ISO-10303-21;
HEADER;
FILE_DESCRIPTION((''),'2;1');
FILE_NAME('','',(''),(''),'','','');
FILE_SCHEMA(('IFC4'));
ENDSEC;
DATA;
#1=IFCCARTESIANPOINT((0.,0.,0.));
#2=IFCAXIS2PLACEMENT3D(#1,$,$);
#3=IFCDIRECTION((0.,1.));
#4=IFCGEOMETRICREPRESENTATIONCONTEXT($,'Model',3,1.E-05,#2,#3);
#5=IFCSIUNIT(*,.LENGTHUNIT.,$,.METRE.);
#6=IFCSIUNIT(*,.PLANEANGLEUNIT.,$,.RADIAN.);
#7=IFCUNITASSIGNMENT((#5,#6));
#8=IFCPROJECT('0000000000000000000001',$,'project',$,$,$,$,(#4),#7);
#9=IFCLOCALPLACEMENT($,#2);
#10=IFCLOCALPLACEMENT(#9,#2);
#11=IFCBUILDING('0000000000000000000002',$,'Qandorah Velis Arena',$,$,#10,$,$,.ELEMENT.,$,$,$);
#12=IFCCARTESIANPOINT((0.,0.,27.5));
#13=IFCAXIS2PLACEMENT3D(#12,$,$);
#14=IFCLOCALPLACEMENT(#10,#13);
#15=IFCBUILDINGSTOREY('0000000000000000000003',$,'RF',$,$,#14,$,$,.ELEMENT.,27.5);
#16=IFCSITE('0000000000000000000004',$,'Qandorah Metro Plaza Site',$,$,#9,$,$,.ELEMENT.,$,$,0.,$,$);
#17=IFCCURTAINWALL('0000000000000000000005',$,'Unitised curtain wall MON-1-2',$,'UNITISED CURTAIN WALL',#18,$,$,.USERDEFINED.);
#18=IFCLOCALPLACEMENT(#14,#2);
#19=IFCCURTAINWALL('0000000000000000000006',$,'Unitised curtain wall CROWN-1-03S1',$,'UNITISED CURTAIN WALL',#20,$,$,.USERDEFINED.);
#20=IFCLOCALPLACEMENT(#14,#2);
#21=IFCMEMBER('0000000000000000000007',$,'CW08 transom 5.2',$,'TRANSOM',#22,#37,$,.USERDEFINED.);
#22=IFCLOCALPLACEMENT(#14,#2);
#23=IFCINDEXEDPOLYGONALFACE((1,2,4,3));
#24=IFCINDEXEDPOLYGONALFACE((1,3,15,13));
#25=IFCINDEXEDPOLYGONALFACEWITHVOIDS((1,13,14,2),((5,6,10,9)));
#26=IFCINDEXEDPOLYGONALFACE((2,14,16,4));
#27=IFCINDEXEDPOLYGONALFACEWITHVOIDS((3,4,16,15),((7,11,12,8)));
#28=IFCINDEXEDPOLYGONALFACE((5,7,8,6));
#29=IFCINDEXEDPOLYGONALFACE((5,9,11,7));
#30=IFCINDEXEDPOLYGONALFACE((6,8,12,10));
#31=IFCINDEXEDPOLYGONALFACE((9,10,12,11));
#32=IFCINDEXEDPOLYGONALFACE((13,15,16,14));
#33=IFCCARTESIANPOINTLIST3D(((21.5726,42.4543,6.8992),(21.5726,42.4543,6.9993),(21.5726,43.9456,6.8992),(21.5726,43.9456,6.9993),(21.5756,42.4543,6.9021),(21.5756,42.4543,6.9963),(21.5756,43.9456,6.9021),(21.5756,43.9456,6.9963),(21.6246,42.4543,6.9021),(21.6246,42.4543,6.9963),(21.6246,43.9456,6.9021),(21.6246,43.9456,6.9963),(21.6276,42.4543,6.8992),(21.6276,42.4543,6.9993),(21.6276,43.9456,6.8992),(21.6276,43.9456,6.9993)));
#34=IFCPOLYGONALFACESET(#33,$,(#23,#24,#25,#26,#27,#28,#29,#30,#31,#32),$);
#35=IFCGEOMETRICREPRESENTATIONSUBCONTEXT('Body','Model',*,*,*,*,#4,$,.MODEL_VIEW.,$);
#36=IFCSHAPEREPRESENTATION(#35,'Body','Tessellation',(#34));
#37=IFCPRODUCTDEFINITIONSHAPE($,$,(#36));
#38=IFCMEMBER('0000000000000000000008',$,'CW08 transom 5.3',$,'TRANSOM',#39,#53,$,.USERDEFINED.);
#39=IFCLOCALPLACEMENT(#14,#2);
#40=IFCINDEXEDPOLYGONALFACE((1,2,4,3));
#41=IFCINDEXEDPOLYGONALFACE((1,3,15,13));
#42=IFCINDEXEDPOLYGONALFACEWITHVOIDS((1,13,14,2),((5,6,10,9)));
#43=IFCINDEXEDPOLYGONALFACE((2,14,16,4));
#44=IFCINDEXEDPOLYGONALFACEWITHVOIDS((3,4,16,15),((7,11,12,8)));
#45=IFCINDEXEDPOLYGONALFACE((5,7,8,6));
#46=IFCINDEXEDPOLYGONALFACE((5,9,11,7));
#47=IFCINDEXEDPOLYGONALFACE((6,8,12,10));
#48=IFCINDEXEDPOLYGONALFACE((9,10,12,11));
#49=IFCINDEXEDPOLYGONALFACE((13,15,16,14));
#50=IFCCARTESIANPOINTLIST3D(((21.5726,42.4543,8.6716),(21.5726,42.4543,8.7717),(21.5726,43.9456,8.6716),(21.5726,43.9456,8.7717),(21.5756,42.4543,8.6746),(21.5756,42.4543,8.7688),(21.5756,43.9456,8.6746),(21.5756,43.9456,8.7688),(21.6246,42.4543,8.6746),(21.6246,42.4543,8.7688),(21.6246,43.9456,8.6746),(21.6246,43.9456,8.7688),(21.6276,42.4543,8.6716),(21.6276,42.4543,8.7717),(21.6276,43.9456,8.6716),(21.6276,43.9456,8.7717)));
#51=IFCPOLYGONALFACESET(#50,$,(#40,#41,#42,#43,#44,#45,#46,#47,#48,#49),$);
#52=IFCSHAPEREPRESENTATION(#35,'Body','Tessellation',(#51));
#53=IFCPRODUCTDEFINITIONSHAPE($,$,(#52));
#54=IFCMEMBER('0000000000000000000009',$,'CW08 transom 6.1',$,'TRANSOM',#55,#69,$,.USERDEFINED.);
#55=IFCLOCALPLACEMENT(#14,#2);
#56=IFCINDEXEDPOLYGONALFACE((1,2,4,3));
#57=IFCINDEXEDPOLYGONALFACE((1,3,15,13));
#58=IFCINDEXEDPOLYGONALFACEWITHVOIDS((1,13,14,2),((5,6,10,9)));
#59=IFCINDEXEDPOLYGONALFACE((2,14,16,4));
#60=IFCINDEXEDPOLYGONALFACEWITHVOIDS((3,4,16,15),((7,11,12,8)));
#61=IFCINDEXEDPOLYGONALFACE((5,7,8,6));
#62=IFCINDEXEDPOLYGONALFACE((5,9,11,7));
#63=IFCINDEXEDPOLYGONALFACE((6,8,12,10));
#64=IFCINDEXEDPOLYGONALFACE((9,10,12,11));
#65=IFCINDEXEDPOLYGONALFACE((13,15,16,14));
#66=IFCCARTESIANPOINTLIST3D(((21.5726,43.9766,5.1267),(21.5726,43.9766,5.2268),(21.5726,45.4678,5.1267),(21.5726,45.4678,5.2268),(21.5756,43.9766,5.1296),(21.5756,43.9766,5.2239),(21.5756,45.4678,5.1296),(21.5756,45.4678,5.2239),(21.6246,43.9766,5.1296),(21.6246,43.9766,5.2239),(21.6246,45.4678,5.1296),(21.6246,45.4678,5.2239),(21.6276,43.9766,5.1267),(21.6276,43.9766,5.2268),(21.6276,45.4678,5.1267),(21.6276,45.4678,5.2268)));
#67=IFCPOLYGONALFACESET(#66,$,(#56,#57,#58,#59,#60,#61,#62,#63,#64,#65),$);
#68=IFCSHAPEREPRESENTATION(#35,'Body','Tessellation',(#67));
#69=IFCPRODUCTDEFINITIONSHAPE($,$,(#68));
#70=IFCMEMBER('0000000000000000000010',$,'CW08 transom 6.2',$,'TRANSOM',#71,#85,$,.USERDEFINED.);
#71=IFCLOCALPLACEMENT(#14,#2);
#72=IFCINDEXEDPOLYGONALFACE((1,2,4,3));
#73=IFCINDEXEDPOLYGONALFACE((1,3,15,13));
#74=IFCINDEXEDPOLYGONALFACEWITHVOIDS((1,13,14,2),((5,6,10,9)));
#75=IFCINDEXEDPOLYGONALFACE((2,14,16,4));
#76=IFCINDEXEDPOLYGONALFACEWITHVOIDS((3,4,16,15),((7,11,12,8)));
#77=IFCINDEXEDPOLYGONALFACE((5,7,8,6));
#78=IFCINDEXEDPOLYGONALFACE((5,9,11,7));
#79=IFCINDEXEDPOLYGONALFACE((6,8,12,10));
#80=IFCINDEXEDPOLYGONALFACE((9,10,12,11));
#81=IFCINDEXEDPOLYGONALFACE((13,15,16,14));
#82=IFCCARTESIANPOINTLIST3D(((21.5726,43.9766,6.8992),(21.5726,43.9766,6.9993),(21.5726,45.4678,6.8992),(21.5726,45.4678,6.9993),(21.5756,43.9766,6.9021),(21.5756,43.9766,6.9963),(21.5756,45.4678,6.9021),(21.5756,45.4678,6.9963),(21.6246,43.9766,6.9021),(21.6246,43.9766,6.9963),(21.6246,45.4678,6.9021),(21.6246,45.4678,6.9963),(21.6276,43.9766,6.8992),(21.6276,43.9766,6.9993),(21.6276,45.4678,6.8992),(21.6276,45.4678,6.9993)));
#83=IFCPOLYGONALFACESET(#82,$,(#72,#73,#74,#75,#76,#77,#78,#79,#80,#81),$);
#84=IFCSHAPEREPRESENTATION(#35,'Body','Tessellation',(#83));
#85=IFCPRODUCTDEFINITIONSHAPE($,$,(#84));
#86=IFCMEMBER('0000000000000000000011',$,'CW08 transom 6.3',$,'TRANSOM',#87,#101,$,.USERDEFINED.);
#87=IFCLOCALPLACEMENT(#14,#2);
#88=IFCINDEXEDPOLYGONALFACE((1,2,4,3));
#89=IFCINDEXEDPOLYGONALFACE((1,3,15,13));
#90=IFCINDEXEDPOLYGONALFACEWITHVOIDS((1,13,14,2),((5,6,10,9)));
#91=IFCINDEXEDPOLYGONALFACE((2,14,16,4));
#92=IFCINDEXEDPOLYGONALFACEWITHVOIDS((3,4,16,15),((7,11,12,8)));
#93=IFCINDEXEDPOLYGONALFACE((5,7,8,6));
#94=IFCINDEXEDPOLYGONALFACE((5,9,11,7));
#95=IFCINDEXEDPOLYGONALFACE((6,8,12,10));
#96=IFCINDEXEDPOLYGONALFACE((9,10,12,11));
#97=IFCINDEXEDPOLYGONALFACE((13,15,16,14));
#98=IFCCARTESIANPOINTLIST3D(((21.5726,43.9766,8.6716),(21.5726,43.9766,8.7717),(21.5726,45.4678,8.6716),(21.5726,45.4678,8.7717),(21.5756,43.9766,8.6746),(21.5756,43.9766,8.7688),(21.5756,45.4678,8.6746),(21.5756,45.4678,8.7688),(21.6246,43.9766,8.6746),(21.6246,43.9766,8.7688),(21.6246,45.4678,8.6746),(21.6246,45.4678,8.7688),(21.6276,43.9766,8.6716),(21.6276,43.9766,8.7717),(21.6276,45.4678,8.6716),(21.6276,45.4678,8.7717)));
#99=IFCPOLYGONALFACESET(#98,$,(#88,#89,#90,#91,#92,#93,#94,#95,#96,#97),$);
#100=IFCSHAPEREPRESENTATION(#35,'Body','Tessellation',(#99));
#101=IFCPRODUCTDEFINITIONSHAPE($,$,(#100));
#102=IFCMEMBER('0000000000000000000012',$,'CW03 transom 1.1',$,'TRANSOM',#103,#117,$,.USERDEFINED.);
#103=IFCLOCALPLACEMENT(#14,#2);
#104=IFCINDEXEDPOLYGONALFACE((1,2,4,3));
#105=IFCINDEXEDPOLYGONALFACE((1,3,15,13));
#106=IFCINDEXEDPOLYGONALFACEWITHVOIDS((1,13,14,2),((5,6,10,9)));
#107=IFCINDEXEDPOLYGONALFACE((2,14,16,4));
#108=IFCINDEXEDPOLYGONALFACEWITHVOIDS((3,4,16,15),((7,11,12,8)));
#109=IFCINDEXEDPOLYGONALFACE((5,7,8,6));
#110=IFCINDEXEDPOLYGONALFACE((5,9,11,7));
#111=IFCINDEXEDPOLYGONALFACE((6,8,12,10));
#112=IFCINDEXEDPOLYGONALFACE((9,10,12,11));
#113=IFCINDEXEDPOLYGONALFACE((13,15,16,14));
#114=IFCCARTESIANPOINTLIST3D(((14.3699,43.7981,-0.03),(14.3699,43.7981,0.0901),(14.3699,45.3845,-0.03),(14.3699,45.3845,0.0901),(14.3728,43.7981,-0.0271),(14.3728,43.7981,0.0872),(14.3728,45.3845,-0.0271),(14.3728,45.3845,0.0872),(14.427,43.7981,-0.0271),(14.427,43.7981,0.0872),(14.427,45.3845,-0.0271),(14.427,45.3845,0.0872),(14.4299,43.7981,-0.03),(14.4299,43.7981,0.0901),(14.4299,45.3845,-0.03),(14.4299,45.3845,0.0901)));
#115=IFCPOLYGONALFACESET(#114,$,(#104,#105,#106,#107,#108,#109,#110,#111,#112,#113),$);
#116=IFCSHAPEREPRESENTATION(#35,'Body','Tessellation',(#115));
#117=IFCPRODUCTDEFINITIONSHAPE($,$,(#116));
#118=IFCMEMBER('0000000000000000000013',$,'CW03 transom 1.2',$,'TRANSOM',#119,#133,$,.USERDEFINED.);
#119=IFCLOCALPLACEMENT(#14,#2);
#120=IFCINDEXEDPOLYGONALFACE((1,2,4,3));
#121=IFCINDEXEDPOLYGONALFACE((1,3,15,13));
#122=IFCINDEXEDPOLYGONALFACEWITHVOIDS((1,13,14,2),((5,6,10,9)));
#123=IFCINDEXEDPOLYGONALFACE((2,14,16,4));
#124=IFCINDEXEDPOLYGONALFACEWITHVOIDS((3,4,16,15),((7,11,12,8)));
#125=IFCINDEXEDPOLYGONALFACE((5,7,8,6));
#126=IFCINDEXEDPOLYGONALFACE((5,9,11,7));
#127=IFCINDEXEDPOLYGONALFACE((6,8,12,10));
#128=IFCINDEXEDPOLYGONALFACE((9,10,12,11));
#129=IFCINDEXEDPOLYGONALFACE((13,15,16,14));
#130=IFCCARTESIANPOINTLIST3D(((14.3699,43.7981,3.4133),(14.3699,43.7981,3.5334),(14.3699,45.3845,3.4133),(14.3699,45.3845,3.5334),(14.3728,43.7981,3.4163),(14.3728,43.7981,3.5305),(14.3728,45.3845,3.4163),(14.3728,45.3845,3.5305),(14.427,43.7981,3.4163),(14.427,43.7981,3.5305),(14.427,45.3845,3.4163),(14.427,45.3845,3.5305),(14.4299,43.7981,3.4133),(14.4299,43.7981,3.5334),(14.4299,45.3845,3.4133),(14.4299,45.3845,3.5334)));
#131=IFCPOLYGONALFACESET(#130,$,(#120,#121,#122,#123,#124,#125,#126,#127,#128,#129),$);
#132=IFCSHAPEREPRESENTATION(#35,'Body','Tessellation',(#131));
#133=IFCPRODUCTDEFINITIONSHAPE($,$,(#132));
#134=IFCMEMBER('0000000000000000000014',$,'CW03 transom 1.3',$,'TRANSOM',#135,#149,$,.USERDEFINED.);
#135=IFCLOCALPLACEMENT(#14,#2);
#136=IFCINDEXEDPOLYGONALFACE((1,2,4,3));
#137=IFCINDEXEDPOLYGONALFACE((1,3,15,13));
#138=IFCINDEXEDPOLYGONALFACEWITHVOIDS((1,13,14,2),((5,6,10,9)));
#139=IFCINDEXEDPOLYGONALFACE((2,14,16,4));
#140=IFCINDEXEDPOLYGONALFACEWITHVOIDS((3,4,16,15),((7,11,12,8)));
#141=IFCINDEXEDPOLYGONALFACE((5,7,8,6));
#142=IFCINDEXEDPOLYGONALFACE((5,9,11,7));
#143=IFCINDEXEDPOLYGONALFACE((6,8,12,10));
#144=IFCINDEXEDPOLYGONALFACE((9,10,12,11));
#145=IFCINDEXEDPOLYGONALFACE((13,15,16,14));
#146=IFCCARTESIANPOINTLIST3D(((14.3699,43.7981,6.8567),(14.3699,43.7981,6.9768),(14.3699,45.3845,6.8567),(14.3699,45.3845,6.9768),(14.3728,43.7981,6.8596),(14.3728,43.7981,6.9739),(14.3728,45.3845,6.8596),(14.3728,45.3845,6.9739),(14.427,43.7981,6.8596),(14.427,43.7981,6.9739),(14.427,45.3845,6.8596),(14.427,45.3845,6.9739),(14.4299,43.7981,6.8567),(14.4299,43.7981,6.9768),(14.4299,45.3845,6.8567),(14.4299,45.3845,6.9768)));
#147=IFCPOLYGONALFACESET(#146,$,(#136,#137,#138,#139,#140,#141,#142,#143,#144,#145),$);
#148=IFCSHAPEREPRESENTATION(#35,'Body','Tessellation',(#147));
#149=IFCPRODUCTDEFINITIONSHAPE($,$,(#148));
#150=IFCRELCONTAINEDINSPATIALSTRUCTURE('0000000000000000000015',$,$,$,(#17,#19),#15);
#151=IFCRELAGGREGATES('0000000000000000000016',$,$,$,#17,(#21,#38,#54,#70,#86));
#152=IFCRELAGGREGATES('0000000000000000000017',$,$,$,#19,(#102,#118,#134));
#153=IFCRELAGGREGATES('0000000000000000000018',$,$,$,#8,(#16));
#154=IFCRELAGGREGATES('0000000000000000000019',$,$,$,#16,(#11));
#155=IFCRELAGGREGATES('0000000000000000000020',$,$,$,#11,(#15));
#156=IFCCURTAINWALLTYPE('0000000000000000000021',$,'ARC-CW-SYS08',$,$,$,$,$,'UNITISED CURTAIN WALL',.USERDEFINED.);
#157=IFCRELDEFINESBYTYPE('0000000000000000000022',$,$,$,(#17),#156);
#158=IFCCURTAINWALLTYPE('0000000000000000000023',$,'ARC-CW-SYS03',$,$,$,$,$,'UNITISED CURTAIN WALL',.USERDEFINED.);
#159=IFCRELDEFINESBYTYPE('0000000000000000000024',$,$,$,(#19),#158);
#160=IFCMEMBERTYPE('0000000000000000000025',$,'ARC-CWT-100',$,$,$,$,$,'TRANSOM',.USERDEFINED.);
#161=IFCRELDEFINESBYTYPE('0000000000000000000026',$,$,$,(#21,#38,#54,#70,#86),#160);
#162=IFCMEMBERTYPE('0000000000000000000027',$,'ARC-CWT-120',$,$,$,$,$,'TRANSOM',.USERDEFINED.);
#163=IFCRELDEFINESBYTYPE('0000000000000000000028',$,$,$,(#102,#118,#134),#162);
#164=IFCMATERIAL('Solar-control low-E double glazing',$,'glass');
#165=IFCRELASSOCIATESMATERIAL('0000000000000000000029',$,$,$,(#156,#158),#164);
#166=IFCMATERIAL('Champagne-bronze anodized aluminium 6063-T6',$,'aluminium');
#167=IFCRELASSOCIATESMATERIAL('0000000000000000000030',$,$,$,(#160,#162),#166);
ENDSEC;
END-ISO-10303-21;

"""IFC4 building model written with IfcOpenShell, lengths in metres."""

from ifc_helpers import new_model, si_unit, direction, frame, origin, origin_2d, place, context, subcontext, project, spatial, hollow_rectangle, extrude, material, material_profile, profile_set, type_object, element, aggregate, save


model = new_model("IFC4")

# Units and contexts
model_context = context("Model", 3, precision=1e-05, world=origin(), true_north=direction((0.0, 1.0)))
body_context = subcontext(model_context, "Body", "Model", "MODEL_VIEW")
ifc_project = project(units=[si_unit("LENGTHUNIT", "METRE"), si_unit("PLANEANGLEUNIT", "RADIAN")], contexts=[model_context])

# Site, building, storey
site_placement = place(None, origin())
site = spatial("IfcSite", under=ifc_project, at=site_placement, Name="Qandorah Metro Plaza Site", CompositionType="ELEMENT", RefElevation=0.0)
building_placement = place(site_placement, origin())
building = spatial("IfcBuilding", under=site, at=building_placement, Name="Qandorah Velis Arena", CompositionType="ELEMENT")
storey_placement = place(building_placement, frame((0.0, 0.0, 27.5)))
storey = spatial("IfcBuildingStorey", under=building, at=storey_placement, Name="RF", CompositionType="ELEMENT", Elevation=27.5)

# Curtain wall
ifc_material_1 = material(Name="Solar-control low-E double glazing", Category="glass")
curtain_wall_type_1 = type_object("IfcCurtainWallType", Name="ARC-CW-SYS08", ElementType="UNITISED CURTAIN WALL", PredefinedType="USERDEFINED", material=ifc_material_1)
curtain_wall_1_placement = place(storey_placement, origin())
curtain_wall_1 = element("IfcCurtainWall", 1, at=curtain_wall_1_placement, inside=storey, type_object=curtain_wall_type_1, Name="Unitised curtain wall MON-1-2", ObjectType="UNITISED CURTAIN WALL", PredefinedType="USERDEFINED")
ifc_material_2 = material(Name="Champagne-bronze anodized aluminium 6063-T6", Category="aluminium")

# Shared definitions
curtain_wall_type_2 = type_object("IfcCurtainWallType", Name="ARC-CW-SYS03", ElementType="UNITISED CURTAIN WALL", PredefinedType="USERDEFINED", material=ifc_material_1)

# Curtain wall
curtain_wall_2_placement = place(storey_placement, origin())
curtain_wall_2 = element("IfcCurtainWall", 2, at=curtain_wall_2_placement, inside=storey, type_object=curtain_wall_type_2, Name="Unitised curtain wall CROWN-1-03S1", ObjectType="UNITISED CURTAIN WALL", PredefinedType="USERDEFINED")

# Members
ifc_material_profile_1 = material_profile(ifc_material_2, hollow_rectangle(XDim=0.0549, YDim=0.1001, WallThickness=0.0029, at=origin_2d()), Name="ALU TRANSOM 55x100")
ifc_profile_set_1 = profile_set([ifc_material_profile_1], Name="Champagne-bronze anodized aluminium 6063-T6")
member_type_1 = type_object("IfcMemberType", Name="ARC-CWT-100", ElementType="TRANSOM", PredefinedType="USERDEFINED", material=ifc_profile_set_1)
member_1_placement = place(storey_placement, frame((21.6001, 42.4543, 6.9492), z_axis=(0.0, 1.0, 0.0), x_axis=(-1.0, 0.0, 0.0)))
member_1 = element("IfcMember", 3, at=member_1_placement, type_object=member_type_1, Name="CW08 transom 5.2", ObjectType="TRANSOM", PredefinedType="USERDEFINED", context=body_context, shape_type="SweptSolid", body=[
    extrude(hollow_rectangle(XDim=0.0549, YDim=0.1001, WallThickness=0.0029, at=origin_2d()), origin(), (0.0, 0.0, 1.0), 1.4912),
])
member_2_placement = place(storey_placement, frame((21.6001, 42.4543, 8.7217), z_axis=(0.0, 1.0, 0.0), x_axis=(-1.0, 0.0, 0.0)))
member_2 = element("IfcMember", 4, at=member_2_placement, type_object=member_type_1, Name="CW08 transom 5.3", ObjectType="TRANSOM", PredefinedType="USERDEFINED", context=body_context, shape_type="SweptSolid", body=[
    extrude(hollow_rectangle(XDim=0.0549, YDim=0.1001, WallThickness=0.0029, at=origin_2d()), origin(), (0.0, 0.0, 1.0), 1.4912),
])
member_3_placement = place(storey_placement, frame((21.6001, 43.9766, 5.1768), z_axis=(0.0, 1.0, 0.0), x_axis=(-1.0, 0.0, 0.0)))
member_3 = element("IfcMember", 5, at=member_3_placement, type_object=member_type_1, Name="CW08 transom 6.1", ObjectType="TRANSOM", PredefinedType="USERDEFINED", context=body_context, shape_type="SweptSolid", body=[
    extrude(hollow_rectangle(XDim=0.0549, YDim=0.1001, WallThickness=0.0029, at=origin_2d()), origin(), (0.0, 0.0, 1.0), 1.4912),
])
member_4_placement = place(storey_placement, frame((21.6001, 43.9766, 6.9492), z_axis=(0.0, 1.0, 0.0), x_axis=(-1.0, 0.0, 0.0)))
member_4 = element("IfcMember", 6, at=member_4_placement, type_object=member_type_1, Name="CW08 transom 6.2", ObjectType="TRANSOM", PredefinedType="USERDEFINED", context=body_context, shape_type="SweptSolid", body=[
    extrude(hollow_rectangle(XDim=0.0549, YDim=0.1001, WallThickness=0.0029, at=origin_2d()), origin(), (0.0, 0.0, 1.0), 1.4912),
])
member_5_placement = place(storey_placement, frame((21.6001, 43.9766, 8.7217), z_axis=(0.0, 1.0, 0.0), x_axis=(-1.0, 0.0, 0.0)))
member_5 = element("IfcMember", 7, at=member_5_placement, type_object=member_type_1, Name="CW08 transom 6.3", ObjectType="TRANSOM", PredefinedType="USERDEFINED", context=body_context, shape_type="SweptSolid", body=[
    extrude(hollow_rectangle(XDim=0.0549, YDim=0.1001, WallThickness=0.0029, at=origin_2d()), origin(), (0.0, 0.0, 1.0), 1.4912),
])
ifc_material_profile_2 = material_profile(ifc_material_2, hollow_rectangle(XDim=0.0601, YDim=0.1201, WallThickness=0.0029, at=origin_2d()), Name="ALU TRANSOM 60x120")
ifc_profile_set_2 = profile_set([ifc_material_profile_2], Name="Champagne-bronze anodized aluminium 6063-T6")
member_type_2 = type_object("IfcMemberType", Name="ARC-CWT-120", ElementType="TRANSOM", PredefinedType="USERDEFINED", material=ifc_profile_set_2)
member_6_placement = place(storey_placement, frame((14.3999, 43.7981, 0.03), z_axis=(0.0, 1.0, 0.0), x_axis=(-1.0, 0.0, 0.0)))
member_6 = element("IfcMember", 8, at=member_6_placement, type_object=member_type_2, Name="CW03 transom 1.1", ObjectType="TRANSOM", PredefinedType="USERDEFINED", context=body_context, shape_type="SweptSolid", body=[
    extrude(hollow_rectangle(XDim=0.0601, YDim=0.1201, WallThickness=0.0029, at=origin_2d()), origin(), (0.0, 0.0, 1.0), 1.5864),
])
member_7_placement = place(storey_placement, frame((14.3999, 43.7981, 3.4734), z_axis=(0.0, 1.0, 0.0), x_axis=(-1.0, 0.0, 0.0)))
member_7 = element("IfcMember", 9, at=member_7_placement, type_object=member_type_2, Name="CW03 transom 1.2", ObjectType="TRANSOM", PredefinedType="USERDEFINED", context=body_context, shape_type="SweptSolid", body=[
    extrude(hollow_rectangle(XDim=0.0601, YDim=0.1201, WallThickness=0.0029, at=origin_2d()), origin(), (0.0, 0.0, 1.0), 1.5864),
])
member_8_placement = place(storey_placement, frame((14.3999, 43.7981, 6.9167), z_axis=(0.0, 1.0, 0.0), x_axis=(-1.0, 0.0, 0.0)))
member_8 = element("IfcMember", 10, at=member_8_placement, type_object=member_type_2, Name="CW03 transom 1.3", ObjectType="TRANSOM", PredefinedType="USERDEFINED", context=body_context, shape_type="SweptSolid", body=[
    extrude(hollow_rectangle(XDim=0.0601, YDim=0.1201, WallThickness=0.0029, at=origin_2d()), origin(), (0.0, 0.0, 1.0), 1.5864),
])

aggregate(curtain_wall_1, [member_1, member_2, member_3, member_4, member_5])
aggregate(curtain_wall_2, [member_6, member_7, member_8])

save(model, "model.ifc")
